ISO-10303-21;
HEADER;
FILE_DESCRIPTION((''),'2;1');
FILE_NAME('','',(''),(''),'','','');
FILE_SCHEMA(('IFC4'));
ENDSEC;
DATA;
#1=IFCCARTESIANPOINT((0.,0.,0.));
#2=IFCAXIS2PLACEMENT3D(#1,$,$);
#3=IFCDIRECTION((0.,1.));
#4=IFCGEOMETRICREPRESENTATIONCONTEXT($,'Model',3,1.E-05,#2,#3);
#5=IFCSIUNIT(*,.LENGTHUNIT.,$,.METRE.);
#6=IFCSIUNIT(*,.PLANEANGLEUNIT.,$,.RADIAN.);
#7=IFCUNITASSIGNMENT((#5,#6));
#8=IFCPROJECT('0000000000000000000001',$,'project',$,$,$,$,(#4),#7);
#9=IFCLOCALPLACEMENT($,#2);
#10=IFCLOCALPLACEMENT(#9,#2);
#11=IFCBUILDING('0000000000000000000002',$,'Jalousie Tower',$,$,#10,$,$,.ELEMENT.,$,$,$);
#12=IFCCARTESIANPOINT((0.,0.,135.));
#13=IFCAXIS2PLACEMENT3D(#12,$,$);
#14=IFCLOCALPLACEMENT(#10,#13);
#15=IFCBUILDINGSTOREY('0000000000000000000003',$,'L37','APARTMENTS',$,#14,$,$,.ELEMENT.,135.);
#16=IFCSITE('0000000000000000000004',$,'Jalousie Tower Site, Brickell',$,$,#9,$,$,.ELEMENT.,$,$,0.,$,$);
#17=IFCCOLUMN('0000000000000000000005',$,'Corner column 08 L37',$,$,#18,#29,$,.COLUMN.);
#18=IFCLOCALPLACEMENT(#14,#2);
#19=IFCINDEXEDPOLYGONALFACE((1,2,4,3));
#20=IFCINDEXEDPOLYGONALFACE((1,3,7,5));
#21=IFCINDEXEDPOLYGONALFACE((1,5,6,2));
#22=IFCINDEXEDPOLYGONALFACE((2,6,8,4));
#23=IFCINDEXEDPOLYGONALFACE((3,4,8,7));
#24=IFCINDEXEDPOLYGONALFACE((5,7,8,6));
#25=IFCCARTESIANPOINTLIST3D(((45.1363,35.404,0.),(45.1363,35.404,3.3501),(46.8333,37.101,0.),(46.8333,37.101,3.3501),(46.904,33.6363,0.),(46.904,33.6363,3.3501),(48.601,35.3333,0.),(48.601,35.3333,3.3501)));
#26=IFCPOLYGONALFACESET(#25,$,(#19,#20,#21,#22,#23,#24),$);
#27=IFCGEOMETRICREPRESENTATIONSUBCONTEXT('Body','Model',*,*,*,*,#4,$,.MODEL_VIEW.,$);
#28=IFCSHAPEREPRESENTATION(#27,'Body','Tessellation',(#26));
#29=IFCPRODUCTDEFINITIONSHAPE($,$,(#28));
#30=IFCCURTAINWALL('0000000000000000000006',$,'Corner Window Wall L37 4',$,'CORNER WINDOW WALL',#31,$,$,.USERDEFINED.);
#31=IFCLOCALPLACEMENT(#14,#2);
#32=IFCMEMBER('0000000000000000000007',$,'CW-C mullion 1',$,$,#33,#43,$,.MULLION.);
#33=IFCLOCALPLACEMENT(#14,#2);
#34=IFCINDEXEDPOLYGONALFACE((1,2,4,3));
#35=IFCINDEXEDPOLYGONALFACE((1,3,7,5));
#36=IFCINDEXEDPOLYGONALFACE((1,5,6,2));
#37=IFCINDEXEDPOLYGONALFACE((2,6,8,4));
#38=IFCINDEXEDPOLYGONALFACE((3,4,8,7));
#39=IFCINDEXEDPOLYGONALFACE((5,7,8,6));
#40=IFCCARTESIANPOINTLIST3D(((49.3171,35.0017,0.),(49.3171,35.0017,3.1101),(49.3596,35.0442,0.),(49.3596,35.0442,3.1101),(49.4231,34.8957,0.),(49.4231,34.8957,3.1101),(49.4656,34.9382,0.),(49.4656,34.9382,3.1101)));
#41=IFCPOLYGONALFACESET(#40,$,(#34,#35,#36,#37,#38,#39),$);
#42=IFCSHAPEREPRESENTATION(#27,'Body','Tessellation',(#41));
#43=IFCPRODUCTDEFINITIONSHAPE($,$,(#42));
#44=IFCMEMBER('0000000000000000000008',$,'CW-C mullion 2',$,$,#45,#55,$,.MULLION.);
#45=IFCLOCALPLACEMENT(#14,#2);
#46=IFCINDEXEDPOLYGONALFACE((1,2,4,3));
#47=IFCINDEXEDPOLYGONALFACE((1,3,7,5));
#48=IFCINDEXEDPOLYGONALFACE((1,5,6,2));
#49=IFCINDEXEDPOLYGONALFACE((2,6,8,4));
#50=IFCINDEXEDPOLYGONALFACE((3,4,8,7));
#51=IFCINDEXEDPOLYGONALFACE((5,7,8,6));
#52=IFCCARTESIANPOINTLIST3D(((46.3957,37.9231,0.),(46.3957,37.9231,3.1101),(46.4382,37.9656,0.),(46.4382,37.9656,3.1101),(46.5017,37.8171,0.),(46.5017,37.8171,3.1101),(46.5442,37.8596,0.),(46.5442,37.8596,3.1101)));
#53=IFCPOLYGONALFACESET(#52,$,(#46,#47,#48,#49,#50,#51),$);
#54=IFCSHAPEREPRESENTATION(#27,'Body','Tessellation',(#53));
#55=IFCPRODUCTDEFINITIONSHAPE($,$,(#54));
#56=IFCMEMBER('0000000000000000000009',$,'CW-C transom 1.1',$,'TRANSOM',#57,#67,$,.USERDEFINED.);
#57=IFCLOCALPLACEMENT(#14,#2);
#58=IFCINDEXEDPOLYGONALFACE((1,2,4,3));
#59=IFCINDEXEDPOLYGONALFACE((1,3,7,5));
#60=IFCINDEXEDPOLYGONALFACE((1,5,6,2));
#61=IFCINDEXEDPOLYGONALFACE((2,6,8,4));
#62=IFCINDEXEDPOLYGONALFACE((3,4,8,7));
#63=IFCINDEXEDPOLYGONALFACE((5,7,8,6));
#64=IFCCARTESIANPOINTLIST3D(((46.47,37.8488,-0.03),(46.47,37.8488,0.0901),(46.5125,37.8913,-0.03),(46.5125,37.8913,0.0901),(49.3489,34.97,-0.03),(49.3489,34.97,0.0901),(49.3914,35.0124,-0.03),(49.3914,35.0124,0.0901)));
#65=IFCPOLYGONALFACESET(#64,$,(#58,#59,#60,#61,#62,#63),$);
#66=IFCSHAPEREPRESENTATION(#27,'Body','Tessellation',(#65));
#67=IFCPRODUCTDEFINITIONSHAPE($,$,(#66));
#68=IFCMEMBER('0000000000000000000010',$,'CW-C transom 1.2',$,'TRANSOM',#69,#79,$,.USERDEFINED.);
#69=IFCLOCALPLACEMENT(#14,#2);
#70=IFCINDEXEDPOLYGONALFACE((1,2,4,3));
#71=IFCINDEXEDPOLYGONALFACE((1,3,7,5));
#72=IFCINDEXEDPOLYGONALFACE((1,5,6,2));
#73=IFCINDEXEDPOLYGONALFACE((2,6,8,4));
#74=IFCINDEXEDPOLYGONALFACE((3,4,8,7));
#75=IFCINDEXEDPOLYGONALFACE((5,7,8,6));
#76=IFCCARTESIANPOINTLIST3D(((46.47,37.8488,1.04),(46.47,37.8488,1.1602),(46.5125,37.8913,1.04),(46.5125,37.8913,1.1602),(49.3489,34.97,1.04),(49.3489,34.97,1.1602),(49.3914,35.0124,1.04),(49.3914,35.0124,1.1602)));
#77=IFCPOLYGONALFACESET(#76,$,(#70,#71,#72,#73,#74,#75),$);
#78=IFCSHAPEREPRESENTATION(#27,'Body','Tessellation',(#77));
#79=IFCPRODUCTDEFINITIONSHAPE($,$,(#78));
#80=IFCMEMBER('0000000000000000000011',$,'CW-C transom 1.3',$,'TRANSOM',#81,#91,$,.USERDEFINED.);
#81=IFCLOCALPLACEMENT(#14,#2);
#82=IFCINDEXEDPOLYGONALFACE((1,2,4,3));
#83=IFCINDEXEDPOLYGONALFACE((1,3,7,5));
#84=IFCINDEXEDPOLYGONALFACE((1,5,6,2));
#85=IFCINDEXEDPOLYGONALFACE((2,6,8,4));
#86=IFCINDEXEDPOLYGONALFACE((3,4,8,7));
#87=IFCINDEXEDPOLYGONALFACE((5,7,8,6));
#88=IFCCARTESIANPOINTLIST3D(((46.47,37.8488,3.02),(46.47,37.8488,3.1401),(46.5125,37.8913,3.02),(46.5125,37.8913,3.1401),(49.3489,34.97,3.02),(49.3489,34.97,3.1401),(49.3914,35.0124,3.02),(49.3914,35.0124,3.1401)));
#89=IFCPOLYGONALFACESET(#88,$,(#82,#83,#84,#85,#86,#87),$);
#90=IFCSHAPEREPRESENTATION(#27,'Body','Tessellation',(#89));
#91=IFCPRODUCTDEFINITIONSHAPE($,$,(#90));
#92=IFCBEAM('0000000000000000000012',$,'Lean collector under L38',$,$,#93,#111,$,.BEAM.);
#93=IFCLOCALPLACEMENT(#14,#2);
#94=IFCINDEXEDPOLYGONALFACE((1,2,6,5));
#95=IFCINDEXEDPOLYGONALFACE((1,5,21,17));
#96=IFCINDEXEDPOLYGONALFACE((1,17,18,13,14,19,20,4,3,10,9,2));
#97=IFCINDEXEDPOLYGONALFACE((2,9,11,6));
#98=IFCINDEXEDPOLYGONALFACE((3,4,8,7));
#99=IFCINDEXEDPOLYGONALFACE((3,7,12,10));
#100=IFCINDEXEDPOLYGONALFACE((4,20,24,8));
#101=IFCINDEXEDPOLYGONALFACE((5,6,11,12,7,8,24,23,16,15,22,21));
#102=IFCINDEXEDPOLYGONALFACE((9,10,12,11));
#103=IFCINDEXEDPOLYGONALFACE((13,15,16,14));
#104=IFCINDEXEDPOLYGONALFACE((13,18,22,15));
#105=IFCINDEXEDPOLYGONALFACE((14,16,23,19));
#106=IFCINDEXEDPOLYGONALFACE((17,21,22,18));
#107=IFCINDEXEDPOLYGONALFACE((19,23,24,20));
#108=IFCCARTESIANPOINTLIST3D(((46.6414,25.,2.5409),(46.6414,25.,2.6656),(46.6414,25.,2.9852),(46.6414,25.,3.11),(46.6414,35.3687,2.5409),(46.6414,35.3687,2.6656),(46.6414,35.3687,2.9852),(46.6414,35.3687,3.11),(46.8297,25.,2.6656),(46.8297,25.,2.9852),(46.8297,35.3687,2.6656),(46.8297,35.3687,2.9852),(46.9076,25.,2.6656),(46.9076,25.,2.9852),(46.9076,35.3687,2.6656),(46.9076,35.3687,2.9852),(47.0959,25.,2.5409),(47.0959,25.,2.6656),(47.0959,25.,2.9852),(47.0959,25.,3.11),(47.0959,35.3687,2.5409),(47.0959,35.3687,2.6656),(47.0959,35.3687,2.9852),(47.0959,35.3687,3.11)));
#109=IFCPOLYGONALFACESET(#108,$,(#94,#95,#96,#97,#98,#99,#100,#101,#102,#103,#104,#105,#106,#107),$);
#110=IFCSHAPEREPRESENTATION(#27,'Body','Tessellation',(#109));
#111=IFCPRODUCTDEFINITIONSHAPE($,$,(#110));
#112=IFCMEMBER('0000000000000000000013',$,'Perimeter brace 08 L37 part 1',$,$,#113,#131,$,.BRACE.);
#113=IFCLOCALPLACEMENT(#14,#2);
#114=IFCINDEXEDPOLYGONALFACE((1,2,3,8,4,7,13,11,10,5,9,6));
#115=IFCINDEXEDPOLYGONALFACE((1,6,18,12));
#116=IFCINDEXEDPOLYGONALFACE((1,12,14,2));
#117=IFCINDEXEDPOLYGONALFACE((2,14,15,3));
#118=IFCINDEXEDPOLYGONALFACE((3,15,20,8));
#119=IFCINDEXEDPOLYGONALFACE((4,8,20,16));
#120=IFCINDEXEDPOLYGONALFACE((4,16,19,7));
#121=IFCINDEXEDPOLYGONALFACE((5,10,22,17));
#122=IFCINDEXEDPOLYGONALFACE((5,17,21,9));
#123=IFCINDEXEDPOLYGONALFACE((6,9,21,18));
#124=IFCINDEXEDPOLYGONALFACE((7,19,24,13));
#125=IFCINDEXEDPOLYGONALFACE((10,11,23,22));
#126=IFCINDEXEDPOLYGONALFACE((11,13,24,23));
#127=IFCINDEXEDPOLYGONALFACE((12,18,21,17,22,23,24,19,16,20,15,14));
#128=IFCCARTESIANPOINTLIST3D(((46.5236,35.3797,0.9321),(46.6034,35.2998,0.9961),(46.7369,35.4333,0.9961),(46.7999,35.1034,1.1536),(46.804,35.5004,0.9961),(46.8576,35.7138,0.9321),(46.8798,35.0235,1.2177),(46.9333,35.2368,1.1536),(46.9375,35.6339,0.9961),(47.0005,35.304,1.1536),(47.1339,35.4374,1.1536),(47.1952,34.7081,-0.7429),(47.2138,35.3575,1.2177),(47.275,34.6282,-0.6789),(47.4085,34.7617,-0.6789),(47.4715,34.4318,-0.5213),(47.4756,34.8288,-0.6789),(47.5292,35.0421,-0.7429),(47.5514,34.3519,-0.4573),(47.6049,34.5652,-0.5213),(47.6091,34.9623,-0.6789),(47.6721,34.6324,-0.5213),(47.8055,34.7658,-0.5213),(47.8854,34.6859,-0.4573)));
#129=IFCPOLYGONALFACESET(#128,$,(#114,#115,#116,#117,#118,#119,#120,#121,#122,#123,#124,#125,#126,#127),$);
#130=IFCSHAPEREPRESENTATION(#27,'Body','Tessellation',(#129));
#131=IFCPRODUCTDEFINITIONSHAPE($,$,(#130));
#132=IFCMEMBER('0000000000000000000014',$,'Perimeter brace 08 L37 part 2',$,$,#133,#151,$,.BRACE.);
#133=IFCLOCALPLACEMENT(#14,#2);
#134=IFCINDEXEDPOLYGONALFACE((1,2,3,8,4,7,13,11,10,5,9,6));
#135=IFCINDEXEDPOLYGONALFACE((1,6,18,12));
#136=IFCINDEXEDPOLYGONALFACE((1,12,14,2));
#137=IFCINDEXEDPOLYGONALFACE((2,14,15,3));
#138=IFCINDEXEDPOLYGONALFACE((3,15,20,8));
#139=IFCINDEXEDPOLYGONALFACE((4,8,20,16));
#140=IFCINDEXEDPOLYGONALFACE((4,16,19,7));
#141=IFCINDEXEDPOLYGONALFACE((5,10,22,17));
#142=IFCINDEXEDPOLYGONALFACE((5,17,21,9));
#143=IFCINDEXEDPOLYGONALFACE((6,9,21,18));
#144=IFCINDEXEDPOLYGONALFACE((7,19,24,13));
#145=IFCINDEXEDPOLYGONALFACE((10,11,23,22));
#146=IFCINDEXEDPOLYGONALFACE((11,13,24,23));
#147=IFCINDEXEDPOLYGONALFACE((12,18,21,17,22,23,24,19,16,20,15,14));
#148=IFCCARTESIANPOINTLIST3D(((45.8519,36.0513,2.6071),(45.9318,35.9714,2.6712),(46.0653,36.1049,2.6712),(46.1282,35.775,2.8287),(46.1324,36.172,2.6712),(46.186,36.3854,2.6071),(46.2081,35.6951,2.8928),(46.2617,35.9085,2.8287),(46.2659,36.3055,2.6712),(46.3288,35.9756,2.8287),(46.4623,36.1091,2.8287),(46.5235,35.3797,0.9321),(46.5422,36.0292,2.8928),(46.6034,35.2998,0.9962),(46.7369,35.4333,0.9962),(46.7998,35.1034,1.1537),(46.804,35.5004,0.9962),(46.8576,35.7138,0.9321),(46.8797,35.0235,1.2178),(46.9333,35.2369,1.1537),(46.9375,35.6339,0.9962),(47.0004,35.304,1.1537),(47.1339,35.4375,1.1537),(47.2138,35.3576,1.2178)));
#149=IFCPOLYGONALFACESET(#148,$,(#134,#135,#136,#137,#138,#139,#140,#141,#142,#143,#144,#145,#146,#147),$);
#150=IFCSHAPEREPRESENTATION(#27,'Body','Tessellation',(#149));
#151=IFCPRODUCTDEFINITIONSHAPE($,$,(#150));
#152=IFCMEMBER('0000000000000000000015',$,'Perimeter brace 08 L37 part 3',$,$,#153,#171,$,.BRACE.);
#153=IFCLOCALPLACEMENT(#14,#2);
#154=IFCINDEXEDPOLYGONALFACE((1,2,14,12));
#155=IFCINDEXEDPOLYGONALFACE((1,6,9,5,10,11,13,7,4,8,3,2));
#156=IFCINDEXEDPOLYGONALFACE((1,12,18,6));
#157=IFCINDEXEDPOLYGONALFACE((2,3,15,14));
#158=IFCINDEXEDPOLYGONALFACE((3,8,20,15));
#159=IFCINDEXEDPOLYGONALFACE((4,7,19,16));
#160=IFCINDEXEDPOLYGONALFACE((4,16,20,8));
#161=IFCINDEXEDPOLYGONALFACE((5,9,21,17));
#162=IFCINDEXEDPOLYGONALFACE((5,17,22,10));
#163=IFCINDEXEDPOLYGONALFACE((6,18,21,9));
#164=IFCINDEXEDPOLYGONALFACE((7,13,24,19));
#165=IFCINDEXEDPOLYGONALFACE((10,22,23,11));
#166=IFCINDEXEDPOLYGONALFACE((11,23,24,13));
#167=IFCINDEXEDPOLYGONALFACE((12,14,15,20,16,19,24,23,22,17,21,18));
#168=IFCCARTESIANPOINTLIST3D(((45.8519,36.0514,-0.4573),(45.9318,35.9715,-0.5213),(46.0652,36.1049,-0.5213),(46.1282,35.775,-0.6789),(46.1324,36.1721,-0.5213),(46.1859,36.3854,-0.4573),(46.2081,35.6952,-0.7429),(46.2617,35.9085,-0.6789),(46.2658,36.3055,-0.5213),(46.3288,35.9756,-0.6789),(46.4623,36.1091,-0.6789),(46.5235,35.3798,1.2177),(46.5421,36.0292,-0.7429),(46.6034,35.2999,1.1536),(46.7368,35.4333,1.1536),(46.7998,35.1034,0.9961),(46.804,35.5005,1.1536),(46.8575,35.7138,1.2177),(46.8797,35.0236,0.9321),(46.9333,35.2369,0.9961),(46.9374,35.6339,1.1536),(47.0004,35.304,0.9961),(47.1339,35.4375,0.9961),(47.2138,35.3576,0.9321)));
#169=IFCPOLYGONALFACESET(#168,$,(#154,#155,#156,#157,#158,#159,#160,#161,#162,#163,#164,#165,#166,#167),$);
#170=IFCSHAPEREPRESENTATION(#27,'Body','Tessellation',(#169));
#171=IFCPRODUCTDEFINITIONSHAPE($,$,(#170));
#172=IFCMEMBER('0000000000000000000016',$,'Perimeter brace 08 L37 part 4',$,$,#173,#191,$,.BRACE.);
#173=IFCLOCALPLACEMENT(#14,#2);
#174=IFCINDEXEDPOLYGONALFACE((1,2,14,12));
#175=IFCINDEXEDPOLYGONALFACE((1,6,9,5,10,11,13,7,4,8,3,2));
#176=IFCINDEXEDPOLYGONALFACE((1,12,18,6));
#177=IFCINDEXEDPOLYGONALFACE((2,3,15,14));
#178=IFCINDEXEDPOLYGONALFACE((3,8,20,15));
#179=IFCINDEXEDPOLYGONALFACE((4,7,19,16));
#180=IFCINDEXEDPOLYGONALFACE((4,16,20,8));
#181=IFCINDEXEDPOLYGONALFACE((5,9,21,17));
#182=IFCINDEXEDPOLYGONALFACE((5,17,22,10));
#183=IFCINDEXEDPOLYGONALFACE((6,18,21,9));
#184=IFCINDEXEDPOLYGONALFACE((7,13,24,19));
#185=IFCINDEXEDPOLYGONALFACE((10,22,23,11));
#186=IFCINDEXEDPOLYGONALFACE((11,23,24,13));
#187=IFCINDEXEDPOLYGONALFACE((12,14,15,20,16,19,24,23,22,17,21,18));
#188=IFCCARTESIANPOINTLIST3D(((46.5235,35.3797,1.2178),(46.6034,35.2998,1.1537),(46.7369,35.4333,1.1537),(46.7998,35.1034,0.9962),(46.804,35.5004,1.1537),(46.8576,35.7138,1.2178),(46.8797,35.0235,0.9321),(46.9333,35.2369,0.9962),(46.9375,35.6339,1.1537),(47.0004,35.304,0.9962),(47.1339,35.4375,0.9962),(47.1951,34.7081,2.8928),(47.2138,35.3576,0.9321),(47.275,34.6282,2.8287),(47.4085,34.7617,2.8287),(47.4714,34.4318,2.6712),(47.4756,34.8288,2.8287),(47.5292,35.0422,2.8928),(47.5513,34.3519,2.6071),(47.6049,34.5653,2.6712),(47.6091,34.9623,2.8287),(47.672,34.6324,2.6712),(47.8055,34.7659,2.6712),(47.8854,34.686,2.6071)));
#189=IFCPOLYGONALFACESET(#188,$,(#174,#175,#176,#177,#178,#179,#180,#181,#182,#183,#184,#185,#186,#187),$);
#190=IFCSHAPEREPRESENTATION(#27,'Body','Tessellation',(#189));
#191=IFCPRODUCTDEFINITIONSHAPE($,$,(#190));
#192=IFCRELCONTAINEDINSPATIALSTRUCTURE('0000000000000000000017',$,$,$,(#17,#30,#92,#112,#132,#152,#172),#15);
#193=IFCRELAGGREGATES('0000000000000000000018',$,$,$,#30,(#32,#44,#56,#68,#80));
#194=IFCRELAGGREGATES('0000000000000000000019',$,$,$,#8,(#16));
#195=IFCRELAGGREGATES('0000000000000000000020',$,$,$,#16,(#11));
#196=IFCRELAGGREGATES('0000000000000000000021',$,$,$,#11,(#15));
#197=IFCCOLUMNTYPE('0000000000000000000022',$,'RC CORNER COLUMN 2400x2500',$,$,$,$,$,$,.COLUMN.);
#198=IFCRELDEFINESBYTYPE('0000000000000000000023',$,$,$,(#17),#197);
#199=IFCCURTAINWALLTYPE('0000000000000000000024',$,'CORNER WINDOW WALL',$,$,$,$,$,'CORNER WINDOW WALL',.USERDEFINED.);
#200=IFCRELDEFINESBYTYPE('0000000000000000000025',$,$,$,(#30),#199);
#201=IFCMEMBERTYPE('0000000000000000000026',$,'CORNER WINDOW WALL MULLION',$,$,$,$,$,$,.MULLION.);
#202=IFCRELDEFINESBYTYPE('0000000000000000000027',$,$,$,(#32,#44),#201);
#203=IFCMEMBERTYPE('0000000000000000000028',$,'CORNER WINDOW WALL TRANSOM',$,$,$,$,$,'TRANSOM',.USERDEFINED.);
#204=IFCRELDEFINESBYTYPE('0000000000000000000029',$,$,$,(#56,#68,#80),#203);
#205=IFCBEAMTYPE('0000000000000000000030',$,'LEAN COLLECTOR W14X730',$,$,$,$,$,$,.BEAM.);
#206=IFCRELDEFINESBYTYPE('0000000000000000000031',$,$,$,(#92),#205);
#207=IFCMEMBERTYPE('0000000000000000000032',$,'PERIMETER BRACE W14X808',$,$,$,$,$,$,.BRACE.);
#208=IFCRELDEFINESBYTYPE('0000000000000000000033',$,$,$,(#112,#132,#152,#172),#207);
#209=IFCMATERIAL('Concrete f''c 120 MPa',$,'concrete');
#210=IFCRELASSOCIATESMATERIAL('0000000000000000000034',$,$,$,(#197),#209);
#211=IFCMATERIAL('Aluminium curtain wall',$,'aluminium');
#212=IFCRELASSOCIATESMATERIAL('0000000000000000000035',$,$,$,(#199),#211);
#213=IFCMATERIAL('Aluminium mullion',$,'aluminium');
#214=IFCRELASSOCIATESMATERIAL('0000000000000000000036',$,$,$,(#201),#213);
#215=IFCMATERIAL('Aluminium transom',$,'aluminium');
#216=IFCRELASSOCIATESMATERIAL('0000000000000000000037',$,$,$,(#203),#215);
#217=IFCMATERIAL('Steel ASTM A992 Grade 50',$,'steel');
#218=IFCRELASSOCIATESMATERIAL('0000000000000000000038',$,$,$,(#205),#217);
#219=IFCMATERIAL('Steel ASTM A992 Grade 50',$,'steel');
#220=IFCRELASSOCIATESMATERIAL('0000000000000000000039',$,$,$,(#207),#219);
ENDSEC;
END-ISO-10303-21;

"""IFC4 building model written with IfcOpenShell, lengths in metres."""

from ifc_helpers import new_model, si_unit, direction, frame, origin, origin_2d, place, context, subcontext, project, spatial, rectangle, i_section, extrude, material, material_profile, profile_set, type_object, element, aggregate, save


model = new_model("IFC4")

# Units and contexts
model_context = context("Model", 3, precision=1e-05, world=origin(), true_north=direction((0.0, 1.0)))
body_context = subcontext(model_context, "Body", "Model", "MODEL_VIEW")
ifc_project = project(units=[si_unit("LENGTHUNIT", "METRE"), si_unit("PLANEANGLEUNIT", "RADIAN")], contexts=[model_context])

# Site, building, storey
site_placement = place(None, origin())
site = spatial("IfcSite", under=ifc_project, at=site_placement, Name="Jalousie Tower Site, Brickell", CompositionType="ELEMENT", RefElevation=0.0)
building_placement = place(site_placement, origin())
building = spatial("IfcBuilding", under=site, at=building_placement, Name="Jalousie Tower", CompositionType="ELEMENT")
storey_placement = place(building_placement, frame((0.0, 0.0, 135.0)))
storey = spatial("IfcBuildingStorey", under=building, at=storey_placement, Name="L37", Description="APARTMENTS", CompositionType="ELEMENT", Elevation=135.0)

# Column
ifc_material_1 = material(Name="Concrete f'c 120 MPa", Category="concrete")
ifc_material_profile_1 = material_profile(ifc_material_1, rectangle(XDim=2.3999, YDim=2.5, at=origin_2d()), Name="RC 2400x2500")
ifc_profile_set_1 = profile_set([ifc_material_profile_1], Name="Concrete f'c 120 MPa")
column_type = type_object("IfcColumnType", Name="RC CORNER COLUMN 2400x2500", PredefinedType="COLUMN", material=ifc_profile_set_1)
column_placement = place(storey_placement, frame((46.8687, 35.3687, 0.0), z_axis=(0.0, 0.0, 1.0), x_axis=(-0.707107, -0.707107, 0.0)))
element("IfcColumn", 1, at=column_placement, inside=storey, type_object=column_type, Name="Corner column 08 L37", PredefinedType="COLUMN", context=body_context, shape_type="SweptSolid", body=[
    extrude(rectangle(XDim=2.3999, YDim=2.5, at=origin_2d()), origin(), (0.0, 0.0, 1.0), 3.3501),
])

# Curtain wall, members
ifc_material_2 = material(Name="Aluminium curtain wall", Category="aluminium")
curtain_wall_type_1 = type_object("IfcCurtainWallType", Name="CORNER WINDOW WALL", ElementType="CORNER WINDOW WALL", PredefinedType="USERDEFINED", material=ifc_material_2)
curtain_wall_1_placement = place(storey_placement, origin())
curtain_wall_1 = element("IfcCurtainWall", 2, at=curtain_wall_1_placement, inside=storey, type_object=curtain_wall_type_1, Name="Corner Window Wall L37 4", ObjectType="CORNER WINDOW WALL", PredefinedType="USERDEFINED")
ifc_material_3 = material(Name="Aluminium mullion", Category="aluminium")
ifc_material_profile_2 = material_profile(ifc_material_3, rectangle(XDim=0.0601, YDim=0.1499, at=origin_2d()), Name="MULLION 60x150")
ifc_profile_set_2 = profile_set([ifc_material_profile_2], Name="Aluminium mullion")
member_type_1 = type_object("IfcMemberType", Name="CORNER WINDOW WALL MULLION", PredefinedType="MULLION", material=ifc_profile_set_2)
member_1_placement = place(storey_placement, frame((49.3914, 34.97, 0.0), z_axis=(0.0, 0.0, 1.0), x_axis=(-0.707107, -0.707107, 0.0)))
member_1 = element("IfcMember", 3, at=member_1_placement, type_object=member_type_1, Name="CW-C mullion 1", PredefinedType="MULLION", context=body_context, shape_type="SweptSolid", body=[
    extrude(rectangle(XDim=0.0601, YDim=0.1499, at=origin_2d()), origin(), (0.0, 0.0, 1.0), 3.1101),
])
member_2_placement = place(storey_placement, frame((46.47, 37.8914, 0.0), z_axis=(0.0, 0.0, 1.0), x_axis=(-0.707107, -0.707107, 0.0)))
member_2 = element("IfcMember", 4, at=member_2_placement, type_object=member_type_1, Name="CW-C mullion 2", PredefinedType="MULLION", context=body_context, shape_type="SweptSolid", body=[
    extrude(rectangle(XDim=0.0601, YDim=0.1499, at=origin_2d()), origin(), (0.0, 0.0, 1.0), 3.1101),
])
ifc_material_4 = material(Name="Aluminium transom", Category="aluminium")
ifc_material_profile_3 = material_profile(ifc_material_4, rectangle(XDim=0.0601, YDim=0.1201, at=origin_2d()), Name="TRANSOM 60x120")
ifc_profile_set_3 = profile_set([ifc_material_profile_3], Name="Aluminium transom")
member_type_2 = type_object("IfcMemberType", Name="CORNER WINDOW WALL TRANSOM", ElementType="TRANSOM", PredefinedType="USERDEFINED", material=ifc_profile_set_3)
member_3_placement = place(storey_placement, frame((49.3701, 34.9912, 0.03), z_axis=(-0.707107, 0.707107, 0.0), x_axis=(-0.707107, -0.707107, 0.0)))
member_3 = element("IfcMember", 5, at=member_3_placement, type_object=member_type_2, Name="CW-C transom 1.1", ObjectType="TRANSOM", PredefinedType="USERDEFINED", context=body_context, shape_type="SweptSolid", body=[
    extrude(rectangle(XDim=0.0601, YDim=0.1201, at=origin_2d()), origin(), (0.0, 0.0, 1.0), 4.0713),
])
member_4_placement = place(storey_placement, frame((49.3701, 34.9912, 1.1001), z_axis=(-0.707107, 0.707107, 0.0), x_axis=(-0.707107, -0.707107, 0.0)))
member_4 = element("IfcMember", 6, at=member_4_placement, type_object=member_type_2, Name="CW-C transom 1.2", ObjectType="TRANSOM", PredefinedType="USERDEFINED", context=body_context, shape_type="SweptSolid", body=[
    extrude(rectangle(XDim=0.0601, YDim=0.1201, at=origin_2d()), origin(), (0.0, 0.0, 1.0), 4.0713),
])
member_5_placement = place(storey_placement, frame((49.3701, 34.9912, 3.0801), z_axis=(-0.707107, 0.707107, 0.0), x_axis=(-0.707107, -0.707107, 0.0)))
member_5 = element("IfcMember", 7, at=member_5_placement, type_object=member_type_2, Name="CW-C transom 1.3", ObjectType="TRANSOM", PredefinedType="USERDEFINED", context=body_context, shape_type="SweptSolid", body=[
    extrude(rectangle(XDim=0.0601, YDim=0.1201, at=origin_2d()), origin(), (0.0, 0.0, 1.0), 4.0713),
])

# Beam
ifc_material_5 = material(Name="Steel ASTM A992 Grade 50", Category="steel")
ifc_material_profile_4 = material_profile(ifc_material_5, i_section(OverallWidth=0.4546, OverallDepth=0.5691, WebThickness=0.0779, FlangeThickness=0.1248, at=origin_2d()), Name="W14X730")
ifc_profile_set_4 = profile_set([ifc_material_profile_4], Name="Steel ASTM A992 Grade 50")
beam_type_1 = type_object("IfcBeamType", Name="LEAN COLLECTOR W14X730", PredefinedType="BEAM", material=ifc_profile_set_4)
beam_1_placement = place(storey_placement, frame((46.8687, 35.3687, 2.8254), z_axis=(0.0, -1.0, 0.0), x_axis=(1.0, 0.0, 0.0)))
element("IfcBeam", 8, at=beam_1_placement, inside=storey, type_object=beam_type_1, Name="Lean collector under L38", PredefinedType="BEAM", context=body_context, shape_type="SweptSolid", body=[
    extrude(i_section(OverallWidth=0.4546, OverallDepth=0.5691, WebThickness=0.0779, FlangeThickness=0.1248, at=origin_2d()), origin(), (0.0, 0.0, 1.0), 10.3687),
])

# Members
ifc_material_6 = material(Name="Steel ASTM A992 Grade 50", Category="steel")
ifc_material_profile_5 = material_profile(ifc_material_6, i_section(OverallWidth=0.4724, OverallDepth=0.5791, WebThickness=0.095, FlangeThickness=0.1299, at=origin_2d()), Name="W14X808")
ifc_profile_set_5 = profile_set([ifc_material_profile_5], Name="Steel ASTM A992 Grade 50")
member_type_3 = type_object("IfcMemberType", Name="PERIMETER BRACE W14X808", PredefinedType="BRACE", material=ifc_profile_set_5)
for number, where, z_axis, x_axis, name in (
    (9, (47.5403, 34.697, -0.6001), (-0.348789, 0.348789, 0.869881), (-0.707107, -0.707107, 0.0), "Perimeter brace 08 L37 part 1"),
    (10, (46.8687, 35.3687, 1.075), (-0.348789, 0.348789, 0.869881), (-0.707107, -0.707107, 0.0), "Perimeter brace 08 L37 part 2"),
    (11, (46.197, 36.0403, -0.6001), (0.348789, -0.348789, 0.869881), (0.707107, 0.707107, 0.0), "Perimeter brace 08 L37 part 3"),
    (12, (46.8687, 35.3687, 1.075), (0.348789, -0.348789, 0.869881), (0.707107, 0.707107, 0.0), "Perimeter brace 08 L37 part 4"),
):
    element("IfcMember", number, at=place(storey_placement, frame(where, z_axis=z_axis, x_axis=x_axis)), inside=storey, type_object=member_type_3, Name=name, PredefinedType="BRACE", context=body_context, shape_type="SweptSolid", body=[
        extrude(i_section(OverallWidth=0.4724, OverallDepth=0.5791, WebThickness=0.095, FlangeThickness=0.1299, at=origin_2d()), origin(), (0.0, 0.0, 1.0), 1.9255),
    ])

aggregate(curtain_wall_1, [member_1, member_2, member_3, member_4, member_5])

save(model, "model.ifc")
